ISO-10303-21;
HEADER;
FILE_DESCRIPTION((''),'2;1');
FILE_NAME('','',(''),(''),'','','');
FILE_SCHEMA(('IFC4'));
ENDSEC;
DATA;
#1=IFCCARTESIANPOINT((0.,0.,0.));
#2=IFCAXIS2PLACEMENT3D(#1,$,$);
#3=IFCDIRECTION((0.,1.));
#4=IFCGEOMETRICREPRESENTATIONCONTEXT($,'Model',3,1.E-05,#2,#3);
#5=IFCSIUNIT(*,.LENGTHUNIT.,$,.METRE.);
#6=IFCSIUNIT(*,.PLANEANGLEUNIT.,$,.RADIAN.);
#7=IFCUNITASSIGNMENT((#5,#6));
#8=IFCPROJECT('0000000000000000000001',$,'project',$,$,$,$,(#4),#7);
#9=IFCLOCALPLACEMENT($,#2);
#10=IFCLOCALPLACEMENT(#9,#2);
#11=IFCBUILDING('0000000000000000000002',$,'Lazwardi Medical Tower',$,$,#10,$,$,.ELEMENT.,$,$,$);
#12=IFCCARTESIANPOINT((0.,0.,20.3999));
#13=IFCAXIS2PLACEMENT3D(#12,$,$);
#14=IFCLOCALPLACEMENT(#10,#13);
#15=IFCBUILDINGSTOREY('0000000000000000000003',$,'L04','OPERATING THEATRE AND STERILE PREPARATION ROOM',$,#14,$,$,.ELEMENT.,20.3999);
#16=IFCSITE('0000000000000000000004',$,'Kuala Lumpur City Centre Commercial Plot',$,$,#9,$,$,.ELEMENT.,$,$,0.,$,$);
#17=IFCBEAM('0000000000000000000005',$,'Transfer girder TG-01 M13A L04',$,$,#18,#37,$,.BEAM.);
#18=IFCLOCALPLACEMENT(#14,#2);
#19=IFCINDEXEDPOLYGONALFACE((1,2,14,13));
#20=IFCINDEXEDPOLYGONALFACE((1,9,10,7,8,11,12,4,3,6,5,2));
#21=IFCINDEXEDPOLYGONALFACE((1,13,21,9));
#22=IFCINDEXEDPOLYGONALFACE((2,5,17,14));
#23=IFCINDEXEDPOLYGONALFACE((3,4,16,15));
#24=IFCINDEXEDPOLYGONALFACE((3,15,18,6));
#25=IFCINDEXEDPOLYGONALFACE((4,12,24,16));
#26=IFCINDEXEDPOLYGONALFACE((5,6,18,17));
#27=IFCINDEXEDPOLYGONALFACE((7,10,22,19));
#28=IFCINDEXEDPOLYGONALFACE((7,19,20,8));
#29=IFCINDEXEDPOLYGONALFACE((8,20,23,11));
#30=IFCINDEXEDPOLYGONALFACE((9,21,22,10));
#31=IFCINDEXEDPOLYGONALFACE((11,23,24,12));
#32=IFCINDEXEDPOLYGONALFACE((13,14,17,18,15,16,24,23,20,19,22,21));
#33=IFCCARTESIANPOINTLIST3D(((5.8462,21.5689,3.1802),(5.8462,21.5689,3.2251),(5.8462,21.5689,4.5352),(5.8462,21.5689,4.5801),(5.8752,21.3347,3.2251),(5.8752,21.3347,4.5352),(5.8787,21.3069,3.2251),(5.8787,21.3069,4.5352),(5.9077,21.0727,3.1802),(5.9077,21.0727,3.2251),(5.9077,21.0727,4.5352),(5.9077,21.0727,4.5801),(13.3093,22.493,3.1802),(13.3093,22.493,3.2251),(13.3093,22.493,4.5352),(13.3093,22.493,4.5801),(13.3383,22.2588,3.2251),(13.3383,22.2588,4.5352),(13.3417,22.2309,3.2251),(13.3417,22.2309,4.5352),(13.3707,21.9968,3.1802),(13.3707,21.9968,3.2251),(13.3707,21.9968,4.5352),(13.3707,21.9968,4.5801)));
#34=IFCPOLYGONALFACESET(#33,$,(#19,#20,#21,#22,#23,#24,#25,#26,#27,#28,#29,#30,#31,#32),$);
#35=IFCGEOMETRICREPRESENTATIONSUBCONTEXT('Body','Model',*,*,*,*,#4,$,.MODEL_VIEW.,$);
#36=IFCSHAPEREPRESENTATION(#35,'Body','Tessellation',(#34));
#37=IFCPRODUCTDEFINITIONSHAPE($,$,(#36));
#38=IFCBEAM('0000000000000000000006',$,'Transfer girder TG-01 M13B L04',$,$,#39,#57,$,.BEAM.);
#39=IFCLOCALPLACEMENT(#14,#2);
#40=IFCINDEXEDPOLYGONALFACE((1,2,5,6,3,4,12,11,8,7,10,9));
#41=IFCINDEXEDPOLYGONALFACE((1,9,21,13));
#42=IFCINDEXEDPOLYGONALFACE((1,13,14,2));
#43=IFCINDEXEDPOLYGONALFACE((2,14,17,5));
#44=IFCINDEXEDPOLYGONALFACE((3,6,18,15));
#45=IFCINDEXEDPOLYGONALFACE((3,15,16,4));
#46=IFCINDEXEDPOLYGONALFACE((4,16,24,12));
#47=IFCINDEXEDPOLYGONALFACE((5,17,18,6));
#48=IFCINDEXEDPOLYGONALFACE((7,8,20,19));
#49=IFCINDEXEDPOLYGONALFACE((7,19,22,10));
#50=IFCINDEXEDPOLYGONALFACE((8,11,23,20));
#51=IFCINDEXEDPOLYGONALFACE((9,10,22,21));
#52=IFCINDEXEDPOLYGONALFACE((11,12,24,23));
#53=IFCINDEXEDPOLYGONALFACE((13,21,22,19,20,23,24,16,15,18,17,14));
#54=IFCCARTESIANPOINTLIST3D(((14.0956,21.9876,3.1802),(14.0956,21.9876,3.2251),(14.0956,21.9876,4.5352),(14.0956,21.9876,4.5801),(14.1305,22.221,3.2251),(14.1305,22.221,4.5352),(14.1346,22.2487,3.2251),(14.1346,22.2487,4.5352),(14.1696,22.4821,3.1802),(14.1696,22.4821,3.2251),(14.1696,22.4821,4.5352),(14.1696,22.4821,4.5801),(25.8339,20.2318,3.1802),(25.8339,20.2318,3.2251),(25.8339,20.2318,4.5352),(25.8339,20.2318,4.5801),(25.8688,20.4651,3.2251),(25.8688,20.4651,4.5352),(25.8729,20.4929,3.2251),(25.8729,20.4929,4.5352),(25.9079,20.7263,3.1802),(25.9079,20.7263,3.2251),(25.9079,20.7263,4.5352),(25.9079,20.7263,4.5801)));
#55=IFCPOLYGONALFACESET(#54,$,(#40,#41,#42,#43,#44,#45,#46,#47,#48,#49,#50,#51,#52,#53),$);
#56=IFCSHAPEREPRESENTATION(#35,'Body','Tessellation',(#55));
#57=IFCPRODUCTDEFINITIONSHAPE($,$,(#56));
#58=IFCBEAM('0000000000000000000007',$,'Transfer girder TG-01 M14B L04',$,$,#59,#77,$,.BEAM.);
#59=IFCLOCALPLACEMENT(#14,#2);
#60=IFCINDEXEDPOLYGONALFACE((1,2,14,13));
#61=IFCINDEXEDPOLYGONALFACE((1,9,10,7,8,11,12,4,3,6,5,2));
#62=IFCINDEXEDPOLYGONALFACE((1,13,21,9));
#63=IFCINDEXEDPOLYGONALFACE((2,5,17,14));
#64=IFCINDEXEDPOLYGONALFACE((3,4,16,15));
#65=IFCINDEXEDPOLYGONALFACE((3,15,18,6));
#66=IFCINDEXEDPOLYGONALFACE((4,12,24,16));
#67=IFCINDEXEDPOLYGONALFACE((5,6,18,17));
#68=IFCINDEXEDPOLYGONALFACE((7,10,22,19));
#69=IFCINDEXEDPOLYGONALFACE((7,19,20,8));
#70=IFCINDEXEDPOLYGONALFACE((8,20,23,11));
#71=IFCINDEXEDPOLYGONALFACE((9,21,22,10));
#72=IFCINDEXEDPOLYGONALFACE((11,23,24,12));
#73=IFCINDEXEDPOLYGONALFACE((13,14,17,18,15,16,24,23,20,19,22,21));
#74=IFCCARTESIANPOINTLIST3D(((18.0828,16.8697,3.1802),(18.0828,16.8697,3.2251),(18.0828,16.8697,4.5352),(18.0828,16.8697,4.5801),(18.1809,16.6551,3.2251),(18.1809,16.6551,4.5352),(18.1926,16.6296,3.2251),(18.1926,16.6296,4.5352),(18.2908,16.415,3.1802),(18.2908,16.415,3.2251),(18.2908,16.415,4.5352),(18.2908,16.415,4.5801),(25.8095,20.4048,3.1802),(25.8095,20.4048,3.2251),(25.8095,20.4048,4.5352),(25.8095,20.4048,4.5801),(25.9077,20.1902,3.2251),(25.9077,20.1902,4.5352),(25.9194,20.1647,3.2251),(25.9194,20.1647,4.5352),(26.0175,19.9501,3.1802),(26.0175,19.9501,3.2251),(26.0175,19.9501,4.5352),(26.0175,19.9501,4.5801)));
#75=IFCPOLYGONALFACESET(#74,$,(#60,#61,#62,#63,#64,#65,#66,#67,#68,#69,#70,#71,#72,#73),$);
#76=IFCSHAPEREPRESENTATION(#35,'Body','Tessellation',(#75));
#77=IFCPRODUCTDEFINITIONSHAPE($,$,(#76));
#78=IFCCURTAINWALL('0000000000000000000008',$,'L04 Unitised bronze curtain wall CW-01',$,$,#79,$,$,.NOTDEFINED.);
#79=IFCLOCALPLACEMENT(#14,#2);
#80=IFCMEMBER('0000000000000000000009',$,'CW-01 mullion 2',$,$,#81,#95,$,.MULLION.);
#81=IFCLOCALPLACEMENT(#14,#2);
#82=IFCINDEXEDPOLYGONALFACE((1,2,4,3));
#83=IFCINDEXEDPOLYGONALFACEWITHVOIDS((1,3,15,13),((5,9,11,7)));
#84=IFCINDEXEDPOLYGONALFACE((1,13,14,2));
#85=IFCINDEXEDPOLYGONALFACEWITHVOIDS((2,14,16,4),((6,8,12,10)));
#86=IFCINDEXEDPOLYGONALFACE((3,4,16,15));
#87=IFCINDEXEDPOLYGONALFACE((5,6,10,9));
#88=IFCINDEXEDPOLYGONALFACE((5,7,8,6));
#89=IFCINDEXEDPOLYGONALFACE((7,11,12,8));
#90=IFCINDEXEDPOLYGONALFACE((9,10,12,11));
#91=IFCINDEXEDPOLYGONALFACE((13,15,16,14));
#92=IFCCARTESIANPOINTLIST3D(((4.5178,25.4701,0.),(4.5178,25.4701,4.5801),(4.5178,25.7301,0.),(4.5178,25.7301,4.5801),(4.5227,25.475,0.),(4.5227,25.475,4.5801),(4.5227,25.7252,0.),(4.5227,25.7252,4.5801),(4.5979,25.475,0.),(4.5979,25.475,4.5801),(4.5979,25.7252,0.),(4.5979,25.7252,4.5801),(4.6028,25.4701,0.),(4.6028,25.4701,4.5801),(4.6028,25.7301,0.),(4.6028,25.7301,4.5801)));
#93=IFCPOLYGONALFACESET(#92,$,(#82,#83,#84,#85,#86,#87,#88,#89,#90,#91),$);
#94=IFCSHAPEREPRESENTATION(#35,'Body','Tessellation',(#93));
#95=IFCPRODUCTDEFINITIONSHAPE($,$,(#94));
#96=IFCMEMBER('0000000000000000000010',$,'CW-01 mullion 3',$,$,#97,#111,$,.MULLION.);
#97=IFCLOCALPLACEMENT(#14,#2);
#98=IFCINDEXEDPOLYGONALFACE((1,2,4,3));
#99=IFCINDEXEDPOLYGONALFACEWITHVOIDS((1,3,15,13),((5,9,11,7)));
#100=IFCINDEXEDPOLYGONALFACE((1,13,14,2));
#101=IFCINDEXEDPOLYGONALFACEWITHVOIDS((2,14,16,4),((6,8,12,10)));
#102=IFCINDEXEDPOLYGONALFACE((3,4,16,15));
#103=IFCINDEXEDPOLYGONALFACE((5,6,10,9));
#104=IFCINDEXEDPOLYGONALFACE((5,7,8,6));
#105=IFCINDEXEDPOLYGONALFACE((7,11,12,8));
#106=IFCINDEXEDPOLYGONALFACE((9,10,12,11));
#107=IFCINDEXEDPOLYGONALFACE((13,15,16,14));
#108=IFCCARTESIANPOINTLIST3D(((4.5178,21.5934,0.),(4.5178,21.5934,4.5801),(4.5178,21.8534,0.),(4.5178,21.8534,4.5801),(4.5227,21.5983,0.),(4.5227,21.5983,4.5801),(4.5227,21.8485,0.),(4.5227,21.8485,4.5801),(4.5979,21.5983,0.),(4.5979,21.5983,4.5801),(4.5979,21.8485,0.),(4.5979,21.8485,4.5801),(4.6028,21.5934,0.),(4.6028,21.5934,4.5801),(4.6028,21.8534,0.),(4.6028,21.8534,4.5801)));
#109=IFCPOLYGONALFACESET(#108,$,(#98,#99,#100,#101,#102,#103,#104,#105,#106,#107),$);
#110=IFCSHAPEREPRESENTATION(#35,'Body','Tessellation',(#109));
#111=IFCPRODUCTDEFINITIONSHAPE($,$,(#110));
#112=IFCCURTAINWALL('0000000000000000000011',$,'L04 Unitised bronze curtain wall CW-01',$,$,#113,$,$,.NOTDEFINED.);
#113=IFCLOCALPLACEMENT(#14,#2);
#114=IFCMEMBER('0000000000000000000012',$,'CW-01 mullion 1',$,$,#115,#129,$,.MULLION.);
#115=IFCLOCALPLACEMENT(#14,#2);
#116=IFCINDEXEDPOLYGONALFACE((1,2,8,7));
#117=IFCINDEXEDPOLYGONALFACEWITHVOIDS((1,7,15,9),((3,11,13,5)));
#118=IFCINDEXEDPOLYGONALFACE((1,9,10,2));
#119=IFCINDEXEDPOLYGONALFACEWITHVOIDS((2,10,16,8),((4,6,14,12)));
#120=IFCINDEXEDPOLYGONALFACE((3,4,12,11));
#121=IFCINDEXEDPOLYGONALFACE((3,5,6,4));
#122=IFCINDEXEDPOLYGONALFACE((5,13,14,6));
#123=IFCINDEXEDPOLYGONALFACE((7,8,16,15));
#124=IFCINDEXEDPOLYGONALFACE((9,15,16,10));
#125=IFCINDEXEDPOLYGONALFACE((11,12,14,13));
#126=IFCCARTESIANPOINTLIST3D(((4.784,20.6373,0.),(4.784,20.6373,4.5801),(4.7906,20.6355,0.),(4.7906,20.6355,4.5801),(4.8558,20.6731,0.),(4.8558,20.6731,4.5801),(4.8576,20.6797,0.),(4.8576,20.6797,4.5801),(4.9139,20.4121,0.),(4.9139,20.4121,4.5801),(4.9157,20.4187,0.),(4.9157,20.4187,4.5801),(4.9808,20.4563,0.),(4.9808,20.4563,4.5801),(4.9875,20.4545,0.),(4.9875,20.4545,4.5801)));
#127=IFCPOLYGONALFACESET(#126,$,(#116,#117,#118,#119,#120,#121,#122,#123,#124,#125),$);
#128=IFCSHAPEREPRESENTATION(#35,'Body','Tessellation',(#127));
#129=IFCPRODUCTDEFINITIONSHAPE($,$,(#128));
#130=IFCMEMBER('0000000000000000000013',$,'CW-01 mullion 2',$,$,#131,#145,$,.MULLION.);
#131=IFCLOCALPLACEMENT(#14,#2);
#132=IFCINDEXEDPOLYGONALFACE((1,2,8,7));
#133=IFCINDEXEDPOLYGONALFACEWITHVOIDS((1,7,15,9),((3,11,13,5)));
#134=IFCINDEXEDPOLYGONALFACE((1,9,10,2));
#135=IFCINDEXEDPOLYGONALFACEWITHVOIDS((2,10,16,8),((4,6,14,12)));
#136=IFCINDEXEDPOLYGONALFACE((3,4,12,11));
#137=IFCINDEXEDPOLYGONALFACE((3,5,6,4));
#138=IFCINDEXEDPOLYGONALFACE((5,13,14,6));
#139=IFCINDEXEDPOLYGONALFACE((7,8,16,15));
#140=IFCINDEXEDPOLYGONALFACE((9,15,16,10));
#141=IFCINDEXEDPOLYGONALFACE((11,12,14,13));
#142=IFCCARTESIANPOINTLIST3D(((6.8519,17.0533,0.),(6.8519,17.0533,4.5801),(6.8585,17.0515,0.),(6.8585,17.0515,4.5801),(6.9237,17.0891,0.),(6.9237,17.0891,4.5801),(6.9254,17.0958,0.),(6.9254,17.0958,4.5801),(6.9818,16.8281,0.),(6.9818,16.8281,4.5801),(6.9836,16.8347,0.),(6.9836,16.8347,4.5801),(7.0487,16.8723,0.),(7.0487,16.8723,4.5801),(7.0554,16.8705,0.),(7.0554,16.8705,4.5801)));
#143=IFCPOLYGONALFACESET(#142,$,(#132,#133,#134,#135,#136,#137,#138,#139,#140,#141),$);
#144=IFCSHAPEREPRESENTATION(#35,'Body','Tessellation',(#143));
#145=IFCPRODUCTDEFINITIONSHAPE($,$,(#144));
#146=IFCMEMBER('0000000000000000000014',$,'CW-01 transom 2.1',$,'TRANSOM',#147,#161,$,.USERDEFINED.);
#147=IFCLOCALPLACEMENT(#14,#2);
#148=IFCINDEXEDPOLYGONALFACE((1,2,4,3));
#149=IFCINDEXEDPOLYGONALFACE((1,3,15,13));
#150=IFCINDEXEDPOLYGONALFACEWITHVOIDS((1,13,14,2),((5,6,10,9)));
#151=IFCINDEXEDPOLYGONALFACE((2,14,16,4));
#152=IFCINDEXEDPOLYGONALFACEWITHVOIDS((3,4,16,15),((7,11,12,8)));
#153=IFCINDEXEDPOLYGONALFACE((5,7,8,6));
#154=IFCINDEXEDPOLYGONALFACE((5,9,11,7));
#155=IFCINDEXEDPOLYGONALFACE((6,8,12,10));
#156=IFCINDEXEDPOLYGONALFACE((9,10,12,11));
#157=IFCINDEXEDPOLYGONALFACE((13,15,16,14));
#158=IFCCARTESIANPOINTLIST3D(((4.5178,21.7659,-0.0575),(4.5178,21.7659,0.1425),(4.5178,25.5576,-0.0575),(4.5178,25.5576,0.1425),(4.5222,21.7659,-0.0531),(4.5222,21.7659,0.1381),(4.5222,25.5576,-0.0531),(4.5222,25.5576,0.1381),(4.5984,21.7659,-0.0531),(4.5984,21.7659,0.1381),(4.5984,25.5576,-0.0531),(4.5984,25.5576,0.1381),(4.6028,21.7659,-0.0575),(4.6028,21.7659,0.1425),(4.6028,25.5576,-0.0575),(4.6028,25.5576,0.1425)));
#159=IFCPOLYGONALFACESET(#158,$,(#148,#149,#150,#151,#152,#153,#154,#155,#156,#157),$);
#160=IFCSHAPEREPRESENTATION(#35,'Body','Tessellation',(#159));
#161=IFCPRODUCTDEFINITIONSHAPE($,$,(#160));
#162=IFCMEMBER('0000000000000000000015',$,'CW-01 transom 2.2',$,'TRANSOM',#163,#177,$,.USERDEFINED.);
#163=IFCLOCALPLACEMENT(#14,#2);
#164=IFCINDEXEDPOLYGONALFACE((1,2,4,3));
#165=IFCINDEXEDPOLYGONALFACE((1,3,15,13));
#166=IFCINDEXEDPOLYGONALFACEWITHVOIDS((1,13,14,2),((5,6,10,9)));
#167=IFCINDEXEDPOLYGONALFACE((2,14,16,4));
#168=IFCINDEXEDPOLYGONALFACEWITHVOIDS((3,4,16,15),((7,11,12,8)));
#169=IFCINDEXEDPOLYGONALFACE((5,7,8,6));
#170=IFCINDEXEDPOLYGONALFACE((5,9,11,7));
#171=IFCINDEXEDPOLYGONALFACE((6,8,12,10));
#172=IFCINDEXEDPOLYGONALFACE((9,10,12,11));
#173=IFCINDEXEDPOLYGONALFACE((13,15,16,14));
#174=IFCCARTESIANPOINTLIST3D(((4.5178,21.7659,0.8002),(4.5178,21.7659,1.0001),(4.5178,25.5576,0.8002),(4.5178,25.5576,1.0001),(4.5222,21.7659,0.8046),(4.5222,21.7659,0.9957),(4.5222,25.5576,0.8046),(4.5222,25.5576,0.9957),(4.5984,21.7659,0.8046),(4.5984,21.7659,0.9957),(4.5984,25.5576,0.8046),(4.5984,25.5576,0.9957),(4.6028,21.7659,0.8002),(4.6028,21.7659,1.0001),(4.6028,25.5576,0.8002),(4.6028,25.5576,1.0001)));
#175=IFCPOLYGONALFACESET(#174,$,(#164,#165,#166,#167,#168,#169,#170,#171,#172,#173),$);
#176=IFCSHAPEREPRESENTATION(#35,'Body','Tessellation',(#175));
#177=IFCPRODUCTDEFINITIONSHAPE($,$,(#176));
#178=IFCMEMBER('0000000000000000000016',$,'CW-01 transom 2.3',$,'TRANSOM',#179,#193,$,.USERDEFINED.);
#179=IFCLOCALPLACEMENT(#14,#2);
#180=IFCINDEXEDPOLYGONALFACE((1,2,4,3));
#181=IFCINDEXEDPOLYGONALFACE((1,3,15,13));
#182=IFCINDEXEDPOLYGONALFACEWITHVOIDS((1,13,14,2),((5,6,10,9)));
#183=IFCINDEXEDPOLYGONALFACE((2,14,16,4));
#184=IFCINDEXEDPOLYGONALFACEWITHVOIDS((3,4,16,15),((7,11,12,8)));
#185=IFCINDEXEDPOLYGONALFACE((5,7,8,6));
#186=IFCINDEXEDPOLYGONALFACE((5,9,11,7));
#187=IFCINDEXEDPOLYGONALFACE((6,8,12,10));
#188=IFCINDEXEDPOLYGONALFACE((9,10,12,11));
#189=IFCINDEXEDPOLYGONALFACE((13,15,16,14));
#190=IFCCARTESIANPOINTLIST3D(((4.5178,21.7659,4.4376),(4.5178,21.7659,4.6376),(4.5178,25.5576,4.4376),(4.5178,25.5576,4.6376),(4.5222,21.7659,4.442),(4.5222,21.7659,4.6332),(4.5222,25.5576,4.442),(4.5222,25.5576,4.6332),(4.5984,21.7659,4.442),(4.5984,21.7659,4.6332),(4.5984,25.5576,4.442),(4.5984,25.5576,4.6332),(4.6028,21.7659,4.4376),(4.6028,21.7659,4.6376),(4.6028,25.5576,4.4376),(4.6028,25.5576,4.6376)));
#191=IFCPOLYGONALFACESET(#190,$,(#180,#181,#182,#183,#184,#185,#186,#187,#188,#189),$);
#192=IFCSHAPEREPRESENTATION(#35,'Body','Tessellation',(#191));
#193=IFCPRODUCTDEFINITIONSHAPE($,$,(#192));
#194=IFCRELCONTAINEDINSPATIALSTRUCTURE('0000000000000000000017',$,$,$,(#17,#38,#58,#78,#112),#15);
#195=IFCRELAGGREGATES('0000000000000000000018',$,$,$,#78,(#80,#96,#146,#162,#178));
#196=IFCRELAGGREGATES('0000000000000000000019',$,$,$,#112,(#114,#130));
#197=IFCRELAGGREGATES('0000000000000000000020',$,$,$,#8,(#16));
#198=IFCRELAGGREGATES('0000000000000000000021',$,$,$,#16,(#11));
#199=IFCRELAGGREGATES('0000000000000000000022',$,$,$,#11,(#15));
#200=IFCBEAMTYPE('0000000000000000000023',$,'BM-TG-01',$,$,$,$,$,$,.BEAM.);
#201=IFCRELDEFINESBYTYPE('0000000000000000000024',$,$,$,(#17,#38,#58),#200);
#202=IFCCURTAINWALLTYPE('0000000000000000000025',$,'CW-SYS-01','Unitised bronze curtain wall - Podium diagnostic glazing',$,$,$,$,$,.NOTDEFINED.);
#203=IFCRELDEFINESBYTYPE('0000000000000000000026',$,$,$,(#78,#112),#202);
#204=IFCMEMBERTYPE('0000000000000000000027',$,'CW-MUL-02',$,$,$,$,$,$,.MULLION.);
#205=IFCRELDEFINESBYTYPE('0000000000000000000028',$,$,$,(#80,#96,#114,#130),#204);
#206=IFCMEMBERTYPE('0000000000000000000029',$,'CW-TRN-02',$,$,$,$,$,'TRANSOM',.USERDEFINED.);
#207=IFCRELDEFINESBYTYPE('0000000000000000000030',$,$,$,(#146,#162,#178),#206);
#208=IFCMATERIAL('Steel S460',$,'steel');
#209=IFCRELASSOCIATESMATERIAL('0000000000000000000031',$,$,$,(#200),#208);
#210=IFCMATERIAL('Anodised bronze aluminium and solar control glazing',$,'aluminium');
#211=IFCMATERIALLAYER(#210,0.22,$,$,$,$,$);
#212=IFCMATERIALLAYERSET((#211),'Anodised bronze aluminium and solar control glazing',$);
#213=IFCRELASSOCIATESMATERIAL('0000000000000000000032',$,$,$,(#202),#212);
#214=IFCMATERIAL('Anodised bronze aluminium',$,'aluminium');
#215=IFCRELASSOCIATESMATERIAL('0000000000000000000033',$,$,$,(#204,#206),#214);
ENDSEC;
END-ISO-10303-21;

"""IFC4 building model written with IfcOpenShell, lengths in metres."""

from ifc_helpers import new_model, si_unit, direction, frame, origin, origin_2d, place, context, subcontext, project, spatial, hollow_rectangle, i_section, extrude, material, layer, layer_set, material_profile, profile_set, type_object, element, aggregate, save


model = new_model("IFC4")

# Units and contexts
model_context = context("Model", 3, precision=1e-05, world=origin(), true_north=direction((0.0, 1.0)))
body_context = subcontext(model_context, "Body", "Model", "MODEL_VIEW")
ifc_project = project(units=[si_unit("LENGTHUNIT", "METRE"), si_unit("PLANEANGLEUNIT", "RADIAN")], contexts=[model_context])

# Site, building, storey
site_placement = place(None, origin())
site = spatial("IfcSite", under=ifc_project, at=site_placement, Name="Kuala Lumpur City Centre Commercial Plot", CompositionType="ELEMENT", RefElevation=0.0)
building_placement = place(site_placement, origin())
building = spatial("IfcBuilding", under=site, at=building_placement, Name="Lazwardi Medical Tower", CompositionType="ELEMENT")
storey_placement = place(building_placement, frame((0.0, 0.0, 20.3999)))
storey = spatial("IfcBuildingStorey", under=building, at=storey_placement, Name="L04", Description="OPERATING THEATRE AND STERILE PREPARATION ROOM", CompositionType="ELEMENT", Elevation=20.3999)

# Beams
ifc_material_1 = material(Name="Steel S460", Category="steel")
ifc_material_profile_1 = material_profile(ifc_material_1, i_section(OverallWidth=0.5, OverallDepth=1.3999, WebThickness=0.0281, FlangeThickness=0.0449, at=origin_2d()), Name="PG 1400x500")
ifc_profile_set_1 = profile_set([ifc_material_profile_1], Name="Steel S460")
beam_type_1 = type_object("IfcBeamType", Name="BM-TG-01", PredefinedType="BEAM", material=ifc_profile_set_1)
beam_1_placement = place(storey_placement, frame((5.877, 21.3208, 3.8801), z_axis=(0.992422, 0.12288, 0.0), x_axis=(-0.12288, 0.992422, 0.0)))
element("IfcBeam", 1, at=beam_1_placement, inside=storey, type_object=beam_type_1, Name="Transfer girder TG-01 M13A L04", PredefinedType="BEAM", context=body_context, shape_type="SweptSolid", body=[
    extrude(i_section(OverallWidth=0.5, OverallDepth=1.3999, WebThickness=0.0281, FlangeThickness=0.0449, at=origin_2d()), origin(), (0.0, 0.0, 1.0), 7.52),
])
beam_2_placement = place(storey_placement, frame((14.1326, 22.2349, 3.8801), z_axis=(0.988997, -0.147938, 0.0), x_axis=(0.147938, 0.988997, 0.0)))
element("IfcBeam", 2, at=beam_2_placement, inside=storey, type_object=beam_type_1, Name="Transfer girder TG-01 M13B L04", PredefinedType="BEAM", context=body_context, shape_type="SweptSolid", body=[
    extrude(i_section(OverallWidth=0.5, OverallDepth=1.3999, WebThickness=0.0281, FlangeThickness=0.0449, at=origin_2d()), origin(), (0.0, 0.0, 1.0), 11.8689),
])
beam_3_placement = place(storey_placement, frame((18.1868, 16.6423, 3.8801), z_axis=(0.909345, 0.416042, 0.0), x_axis=(-0.416042, 0.909345, 0.0)))
element("IfcBeam", 3, at=beam_3_placement, inside=storey, type_object=beam_type_1, Name="Transfer girder TG-01 M14B L04", PredefinedType="BEAM", context=body_context, shape_type="SweptSolid", body=[
    extrude(i_section(OverallWidth=0.5, OverallDepth=1.3999, WebThickness=0.0281, FlangeThickness=0.0449, at=origin_2d()), origin(), (0.0, 0.0, 1.0), 8.4971),
])

# Curtain walls, members
ifc_material_2 = material(Name="Anodised bronze aluminium and solar control glazing", Category="aluminium")
ifc_layer_1 = layer(ifc_material_2, 0.22)
ifc_layer_set_1 = layer_set([ifc_layer_1], Name="Anodised bronze aluminium and solar control glazing")
curtain_wall_type = type_object("IfcCurtainWallType", Name="CW-SYS-01", Description="Unitised bronze curtain wall - Podium diagnostic glazing", PredefinedType="NOTDEFINED", material=ifc_layer_set_1)
curtain_wall_1_placement = place(storey_placement, origin())
curtain_wall_1 = element("IfcCurtainWall", 4, at=curtain_wall_1_placement, inside=storey, type_object=curtain_wall_type, Name="L04 Unitised bronze curtain wall CW-01", PredefinedType="NOTDEFINED")
ifc_material_3 = material(Name="Anodised bronze aluminium", Category="aluminium")
ifc_material_profile_2 = material_profile(ifc_material_3, hollow_rectangle(XDim=0.085, YDim=0.26, WallThickness=0.0049, at=origin_2d()), Name="ALU-MULLION 260x85x5")
ifc_profile_set_2 = profile_set([ifc_material_profile_2], Name="Anodised bronze aluminium")
member_type_1 = type_object("IfcMemberType", Name="CW-MUL-02", PredefinedType="MULLION", material=ifc_profile_set_2)
member_1_placement = place(storey_placement, frame((4.5603, 25.6001, 0.0), z_axis=(0.0, 0.0, 1.0), x_axis=(1.0, 0.0, 0.0)))
member_1 = element("IfcMember", 5, at=member_1_placement, type_object=member_type_1, Name="CW-01 mullion 2", PredefinedType="MULLION", context=body_context, shape_type="SweptSolid", body=[
    extrude(hollow_rectangle(XDim=0.085, YDim=0.26, WallThickness=0.0049, at=origin_2d()), origin(), (0.0, 0.0, 1.0), 4.5801),
])
member_2_placement = place(storey_placement, frame((4.5603, 21.7234, 0.0), z_axis=(0.0, 0.0, 1.0), x_axis=(1.0, 0.0, 0.0)))
member_2 = element("IfcMember", 6, at=member_2_placement, type_object=member_type_1, Name="CW-01 mullion 3", PredefinedType="MULLION", context=body_context, shape_type="SweptSolid", body=[
    extrude(hollow_rectangle(XDim=0.085, YDim=0.26, WallThickness=0.0049, at=origin_2d()), origin(), (0.0, 0.0, 1.0), 4.5801),
])
curtain_wall_2_placement = place(storey_placement, origin())
curtain_wall_2 = element("IfcCurtainWall", 7, at=curtain_wall_2_placement, inside=storey, type_object=curtain_wall_type, Name="L04 Unitised bronze curtain wall CW-01", PredefinedType="NOTDEFINED")
member_3_placement = place(storey_placement, frame((4.8857, 20.5459, 0.0), z_axis=(0.0, 0.0, 1.0), x_axis=(0.866181, 0.499731, 0.0)))
member_3 = element("IfcMember", 8, at=member_3_placement, type_object=member_type_1, Name="CW-01 mullion 1", PredefinedType="MULLION", context=body_context, shape_type="SweptSolid", body=[
    extrude(hollow_rectangle(XDim=0.085, YDim=0.26, WallThickness=0.0049, at=origin_2d()), origin(), (0.0, 0.0, 1.0), 4.5801),
])
member_4_placement = place(storey_placement, frame((6.9536, 16.9619, 0.0), z_axis=(0.0, 0.0, 1.0), x_axis=(0.866181, 0.499731, 0.0)))
member_4 = element("IfcMember", 9, at=member_4_placement, type_object=member_type_1, Name="CW-01 mullion 2", PredefinedType="MULLION", context=body_context, shape_type="SweptSolid", body=[
    extrude(hollow_rectangle(XDim=0.085, YDim=0.26, WallThickness=0.0049, at=origin_2d()), origin(), (0.0, 0.0, 1.0), 4.5801),
])

# Members
ifc_material_profile_3 = material_profile(ifc_material_3, hollow_rectangle(XDim=0.085, YDim=0.2, WallThickness=0.0044, at=origin_2d()), Name="ALU-TRANSOM 200x85x4.5")
ifc_profile_set_3 = profile_set([ifc_material_profile_3], Name="Anodised bronze aluminium")
member_type_2 = type_object("IfcMemberType", Name="CW-TRN-02", ElementType="TRANSOM", PredefinedType="USERDEFINED", material=ifc_profile_set_3)
member_5_placement = place(storey_placement, frame((4.5603, 25.5576, 0.0425), z_axis=(0.0, -1.0, 0.0), x_axis=(1.0, 0.0, 0.0)))
member_5 = element("IfcMember", 10, at=member_5_placement, type_object=member_type_2, Name="CW-01 transom 2.1", ObjectType="TRANSOM", PredefinedType="USERDEFINED", context=body_context, shape_type="SweptSolid", body=[
    extrude(hollow_rectangle(XDim=0.085, YDim=0.2, WallThickness=0.0044, at=origin_2d()), origin(), (0.0, 0.0, 1.0), 3.7917),
])
member_6_placement = place(storey_placement, frame((4.5603, 25.5576, 0.9001), z_axis=(0.0, -1.0, 0.0), x_axis=(1.0, 0.0, 0.0)))
member_6 = element("IfcMember", 11, at=member_6_placement, type_object=member_type_2, Name="CW-01 transom 2.2", ObjectType="TRANSOM", PredefinedType="USERDEFINED", context=body_context, shape_type="SweptSolid", body=[
    extrude(hollow_rectangle(XDim=0.085, YDim=0.2, WallThickness=0.0044, at=origin_2d()), origin(), (0.0, 0.0, 1.0), 3.7917),
])
member_7_placement = place(storey_placement, frame((4.5603, 25.5576, 4.5376), z_axis=(0.0, -1.0, 0.0), x_axis=(1.0, 0.0, 0.0)))
member_7 = element("IfcMember", 12, at=member_7_placement, type_object=member_type_2, Name="CW-01 transom 2.3", ObjectType="TRANSOM", PredefinedType="USERDEFINED", context=body_context, shape_type="SweptSolid", body=[
    extrude(hollow_rectangle(XDim=0.085, YDim=0.2, WallThickness=0.0044, at=origin_2d()), origin(), (0.0, 0.0, 1.0), 3.7917),
])

aggregate(curtain_wall_1, [member_1, member_2, member_5, member_6, member_7])
aggregate(curtain_wall_2, [member_3, member_4])

save(model, "model.ifc")
